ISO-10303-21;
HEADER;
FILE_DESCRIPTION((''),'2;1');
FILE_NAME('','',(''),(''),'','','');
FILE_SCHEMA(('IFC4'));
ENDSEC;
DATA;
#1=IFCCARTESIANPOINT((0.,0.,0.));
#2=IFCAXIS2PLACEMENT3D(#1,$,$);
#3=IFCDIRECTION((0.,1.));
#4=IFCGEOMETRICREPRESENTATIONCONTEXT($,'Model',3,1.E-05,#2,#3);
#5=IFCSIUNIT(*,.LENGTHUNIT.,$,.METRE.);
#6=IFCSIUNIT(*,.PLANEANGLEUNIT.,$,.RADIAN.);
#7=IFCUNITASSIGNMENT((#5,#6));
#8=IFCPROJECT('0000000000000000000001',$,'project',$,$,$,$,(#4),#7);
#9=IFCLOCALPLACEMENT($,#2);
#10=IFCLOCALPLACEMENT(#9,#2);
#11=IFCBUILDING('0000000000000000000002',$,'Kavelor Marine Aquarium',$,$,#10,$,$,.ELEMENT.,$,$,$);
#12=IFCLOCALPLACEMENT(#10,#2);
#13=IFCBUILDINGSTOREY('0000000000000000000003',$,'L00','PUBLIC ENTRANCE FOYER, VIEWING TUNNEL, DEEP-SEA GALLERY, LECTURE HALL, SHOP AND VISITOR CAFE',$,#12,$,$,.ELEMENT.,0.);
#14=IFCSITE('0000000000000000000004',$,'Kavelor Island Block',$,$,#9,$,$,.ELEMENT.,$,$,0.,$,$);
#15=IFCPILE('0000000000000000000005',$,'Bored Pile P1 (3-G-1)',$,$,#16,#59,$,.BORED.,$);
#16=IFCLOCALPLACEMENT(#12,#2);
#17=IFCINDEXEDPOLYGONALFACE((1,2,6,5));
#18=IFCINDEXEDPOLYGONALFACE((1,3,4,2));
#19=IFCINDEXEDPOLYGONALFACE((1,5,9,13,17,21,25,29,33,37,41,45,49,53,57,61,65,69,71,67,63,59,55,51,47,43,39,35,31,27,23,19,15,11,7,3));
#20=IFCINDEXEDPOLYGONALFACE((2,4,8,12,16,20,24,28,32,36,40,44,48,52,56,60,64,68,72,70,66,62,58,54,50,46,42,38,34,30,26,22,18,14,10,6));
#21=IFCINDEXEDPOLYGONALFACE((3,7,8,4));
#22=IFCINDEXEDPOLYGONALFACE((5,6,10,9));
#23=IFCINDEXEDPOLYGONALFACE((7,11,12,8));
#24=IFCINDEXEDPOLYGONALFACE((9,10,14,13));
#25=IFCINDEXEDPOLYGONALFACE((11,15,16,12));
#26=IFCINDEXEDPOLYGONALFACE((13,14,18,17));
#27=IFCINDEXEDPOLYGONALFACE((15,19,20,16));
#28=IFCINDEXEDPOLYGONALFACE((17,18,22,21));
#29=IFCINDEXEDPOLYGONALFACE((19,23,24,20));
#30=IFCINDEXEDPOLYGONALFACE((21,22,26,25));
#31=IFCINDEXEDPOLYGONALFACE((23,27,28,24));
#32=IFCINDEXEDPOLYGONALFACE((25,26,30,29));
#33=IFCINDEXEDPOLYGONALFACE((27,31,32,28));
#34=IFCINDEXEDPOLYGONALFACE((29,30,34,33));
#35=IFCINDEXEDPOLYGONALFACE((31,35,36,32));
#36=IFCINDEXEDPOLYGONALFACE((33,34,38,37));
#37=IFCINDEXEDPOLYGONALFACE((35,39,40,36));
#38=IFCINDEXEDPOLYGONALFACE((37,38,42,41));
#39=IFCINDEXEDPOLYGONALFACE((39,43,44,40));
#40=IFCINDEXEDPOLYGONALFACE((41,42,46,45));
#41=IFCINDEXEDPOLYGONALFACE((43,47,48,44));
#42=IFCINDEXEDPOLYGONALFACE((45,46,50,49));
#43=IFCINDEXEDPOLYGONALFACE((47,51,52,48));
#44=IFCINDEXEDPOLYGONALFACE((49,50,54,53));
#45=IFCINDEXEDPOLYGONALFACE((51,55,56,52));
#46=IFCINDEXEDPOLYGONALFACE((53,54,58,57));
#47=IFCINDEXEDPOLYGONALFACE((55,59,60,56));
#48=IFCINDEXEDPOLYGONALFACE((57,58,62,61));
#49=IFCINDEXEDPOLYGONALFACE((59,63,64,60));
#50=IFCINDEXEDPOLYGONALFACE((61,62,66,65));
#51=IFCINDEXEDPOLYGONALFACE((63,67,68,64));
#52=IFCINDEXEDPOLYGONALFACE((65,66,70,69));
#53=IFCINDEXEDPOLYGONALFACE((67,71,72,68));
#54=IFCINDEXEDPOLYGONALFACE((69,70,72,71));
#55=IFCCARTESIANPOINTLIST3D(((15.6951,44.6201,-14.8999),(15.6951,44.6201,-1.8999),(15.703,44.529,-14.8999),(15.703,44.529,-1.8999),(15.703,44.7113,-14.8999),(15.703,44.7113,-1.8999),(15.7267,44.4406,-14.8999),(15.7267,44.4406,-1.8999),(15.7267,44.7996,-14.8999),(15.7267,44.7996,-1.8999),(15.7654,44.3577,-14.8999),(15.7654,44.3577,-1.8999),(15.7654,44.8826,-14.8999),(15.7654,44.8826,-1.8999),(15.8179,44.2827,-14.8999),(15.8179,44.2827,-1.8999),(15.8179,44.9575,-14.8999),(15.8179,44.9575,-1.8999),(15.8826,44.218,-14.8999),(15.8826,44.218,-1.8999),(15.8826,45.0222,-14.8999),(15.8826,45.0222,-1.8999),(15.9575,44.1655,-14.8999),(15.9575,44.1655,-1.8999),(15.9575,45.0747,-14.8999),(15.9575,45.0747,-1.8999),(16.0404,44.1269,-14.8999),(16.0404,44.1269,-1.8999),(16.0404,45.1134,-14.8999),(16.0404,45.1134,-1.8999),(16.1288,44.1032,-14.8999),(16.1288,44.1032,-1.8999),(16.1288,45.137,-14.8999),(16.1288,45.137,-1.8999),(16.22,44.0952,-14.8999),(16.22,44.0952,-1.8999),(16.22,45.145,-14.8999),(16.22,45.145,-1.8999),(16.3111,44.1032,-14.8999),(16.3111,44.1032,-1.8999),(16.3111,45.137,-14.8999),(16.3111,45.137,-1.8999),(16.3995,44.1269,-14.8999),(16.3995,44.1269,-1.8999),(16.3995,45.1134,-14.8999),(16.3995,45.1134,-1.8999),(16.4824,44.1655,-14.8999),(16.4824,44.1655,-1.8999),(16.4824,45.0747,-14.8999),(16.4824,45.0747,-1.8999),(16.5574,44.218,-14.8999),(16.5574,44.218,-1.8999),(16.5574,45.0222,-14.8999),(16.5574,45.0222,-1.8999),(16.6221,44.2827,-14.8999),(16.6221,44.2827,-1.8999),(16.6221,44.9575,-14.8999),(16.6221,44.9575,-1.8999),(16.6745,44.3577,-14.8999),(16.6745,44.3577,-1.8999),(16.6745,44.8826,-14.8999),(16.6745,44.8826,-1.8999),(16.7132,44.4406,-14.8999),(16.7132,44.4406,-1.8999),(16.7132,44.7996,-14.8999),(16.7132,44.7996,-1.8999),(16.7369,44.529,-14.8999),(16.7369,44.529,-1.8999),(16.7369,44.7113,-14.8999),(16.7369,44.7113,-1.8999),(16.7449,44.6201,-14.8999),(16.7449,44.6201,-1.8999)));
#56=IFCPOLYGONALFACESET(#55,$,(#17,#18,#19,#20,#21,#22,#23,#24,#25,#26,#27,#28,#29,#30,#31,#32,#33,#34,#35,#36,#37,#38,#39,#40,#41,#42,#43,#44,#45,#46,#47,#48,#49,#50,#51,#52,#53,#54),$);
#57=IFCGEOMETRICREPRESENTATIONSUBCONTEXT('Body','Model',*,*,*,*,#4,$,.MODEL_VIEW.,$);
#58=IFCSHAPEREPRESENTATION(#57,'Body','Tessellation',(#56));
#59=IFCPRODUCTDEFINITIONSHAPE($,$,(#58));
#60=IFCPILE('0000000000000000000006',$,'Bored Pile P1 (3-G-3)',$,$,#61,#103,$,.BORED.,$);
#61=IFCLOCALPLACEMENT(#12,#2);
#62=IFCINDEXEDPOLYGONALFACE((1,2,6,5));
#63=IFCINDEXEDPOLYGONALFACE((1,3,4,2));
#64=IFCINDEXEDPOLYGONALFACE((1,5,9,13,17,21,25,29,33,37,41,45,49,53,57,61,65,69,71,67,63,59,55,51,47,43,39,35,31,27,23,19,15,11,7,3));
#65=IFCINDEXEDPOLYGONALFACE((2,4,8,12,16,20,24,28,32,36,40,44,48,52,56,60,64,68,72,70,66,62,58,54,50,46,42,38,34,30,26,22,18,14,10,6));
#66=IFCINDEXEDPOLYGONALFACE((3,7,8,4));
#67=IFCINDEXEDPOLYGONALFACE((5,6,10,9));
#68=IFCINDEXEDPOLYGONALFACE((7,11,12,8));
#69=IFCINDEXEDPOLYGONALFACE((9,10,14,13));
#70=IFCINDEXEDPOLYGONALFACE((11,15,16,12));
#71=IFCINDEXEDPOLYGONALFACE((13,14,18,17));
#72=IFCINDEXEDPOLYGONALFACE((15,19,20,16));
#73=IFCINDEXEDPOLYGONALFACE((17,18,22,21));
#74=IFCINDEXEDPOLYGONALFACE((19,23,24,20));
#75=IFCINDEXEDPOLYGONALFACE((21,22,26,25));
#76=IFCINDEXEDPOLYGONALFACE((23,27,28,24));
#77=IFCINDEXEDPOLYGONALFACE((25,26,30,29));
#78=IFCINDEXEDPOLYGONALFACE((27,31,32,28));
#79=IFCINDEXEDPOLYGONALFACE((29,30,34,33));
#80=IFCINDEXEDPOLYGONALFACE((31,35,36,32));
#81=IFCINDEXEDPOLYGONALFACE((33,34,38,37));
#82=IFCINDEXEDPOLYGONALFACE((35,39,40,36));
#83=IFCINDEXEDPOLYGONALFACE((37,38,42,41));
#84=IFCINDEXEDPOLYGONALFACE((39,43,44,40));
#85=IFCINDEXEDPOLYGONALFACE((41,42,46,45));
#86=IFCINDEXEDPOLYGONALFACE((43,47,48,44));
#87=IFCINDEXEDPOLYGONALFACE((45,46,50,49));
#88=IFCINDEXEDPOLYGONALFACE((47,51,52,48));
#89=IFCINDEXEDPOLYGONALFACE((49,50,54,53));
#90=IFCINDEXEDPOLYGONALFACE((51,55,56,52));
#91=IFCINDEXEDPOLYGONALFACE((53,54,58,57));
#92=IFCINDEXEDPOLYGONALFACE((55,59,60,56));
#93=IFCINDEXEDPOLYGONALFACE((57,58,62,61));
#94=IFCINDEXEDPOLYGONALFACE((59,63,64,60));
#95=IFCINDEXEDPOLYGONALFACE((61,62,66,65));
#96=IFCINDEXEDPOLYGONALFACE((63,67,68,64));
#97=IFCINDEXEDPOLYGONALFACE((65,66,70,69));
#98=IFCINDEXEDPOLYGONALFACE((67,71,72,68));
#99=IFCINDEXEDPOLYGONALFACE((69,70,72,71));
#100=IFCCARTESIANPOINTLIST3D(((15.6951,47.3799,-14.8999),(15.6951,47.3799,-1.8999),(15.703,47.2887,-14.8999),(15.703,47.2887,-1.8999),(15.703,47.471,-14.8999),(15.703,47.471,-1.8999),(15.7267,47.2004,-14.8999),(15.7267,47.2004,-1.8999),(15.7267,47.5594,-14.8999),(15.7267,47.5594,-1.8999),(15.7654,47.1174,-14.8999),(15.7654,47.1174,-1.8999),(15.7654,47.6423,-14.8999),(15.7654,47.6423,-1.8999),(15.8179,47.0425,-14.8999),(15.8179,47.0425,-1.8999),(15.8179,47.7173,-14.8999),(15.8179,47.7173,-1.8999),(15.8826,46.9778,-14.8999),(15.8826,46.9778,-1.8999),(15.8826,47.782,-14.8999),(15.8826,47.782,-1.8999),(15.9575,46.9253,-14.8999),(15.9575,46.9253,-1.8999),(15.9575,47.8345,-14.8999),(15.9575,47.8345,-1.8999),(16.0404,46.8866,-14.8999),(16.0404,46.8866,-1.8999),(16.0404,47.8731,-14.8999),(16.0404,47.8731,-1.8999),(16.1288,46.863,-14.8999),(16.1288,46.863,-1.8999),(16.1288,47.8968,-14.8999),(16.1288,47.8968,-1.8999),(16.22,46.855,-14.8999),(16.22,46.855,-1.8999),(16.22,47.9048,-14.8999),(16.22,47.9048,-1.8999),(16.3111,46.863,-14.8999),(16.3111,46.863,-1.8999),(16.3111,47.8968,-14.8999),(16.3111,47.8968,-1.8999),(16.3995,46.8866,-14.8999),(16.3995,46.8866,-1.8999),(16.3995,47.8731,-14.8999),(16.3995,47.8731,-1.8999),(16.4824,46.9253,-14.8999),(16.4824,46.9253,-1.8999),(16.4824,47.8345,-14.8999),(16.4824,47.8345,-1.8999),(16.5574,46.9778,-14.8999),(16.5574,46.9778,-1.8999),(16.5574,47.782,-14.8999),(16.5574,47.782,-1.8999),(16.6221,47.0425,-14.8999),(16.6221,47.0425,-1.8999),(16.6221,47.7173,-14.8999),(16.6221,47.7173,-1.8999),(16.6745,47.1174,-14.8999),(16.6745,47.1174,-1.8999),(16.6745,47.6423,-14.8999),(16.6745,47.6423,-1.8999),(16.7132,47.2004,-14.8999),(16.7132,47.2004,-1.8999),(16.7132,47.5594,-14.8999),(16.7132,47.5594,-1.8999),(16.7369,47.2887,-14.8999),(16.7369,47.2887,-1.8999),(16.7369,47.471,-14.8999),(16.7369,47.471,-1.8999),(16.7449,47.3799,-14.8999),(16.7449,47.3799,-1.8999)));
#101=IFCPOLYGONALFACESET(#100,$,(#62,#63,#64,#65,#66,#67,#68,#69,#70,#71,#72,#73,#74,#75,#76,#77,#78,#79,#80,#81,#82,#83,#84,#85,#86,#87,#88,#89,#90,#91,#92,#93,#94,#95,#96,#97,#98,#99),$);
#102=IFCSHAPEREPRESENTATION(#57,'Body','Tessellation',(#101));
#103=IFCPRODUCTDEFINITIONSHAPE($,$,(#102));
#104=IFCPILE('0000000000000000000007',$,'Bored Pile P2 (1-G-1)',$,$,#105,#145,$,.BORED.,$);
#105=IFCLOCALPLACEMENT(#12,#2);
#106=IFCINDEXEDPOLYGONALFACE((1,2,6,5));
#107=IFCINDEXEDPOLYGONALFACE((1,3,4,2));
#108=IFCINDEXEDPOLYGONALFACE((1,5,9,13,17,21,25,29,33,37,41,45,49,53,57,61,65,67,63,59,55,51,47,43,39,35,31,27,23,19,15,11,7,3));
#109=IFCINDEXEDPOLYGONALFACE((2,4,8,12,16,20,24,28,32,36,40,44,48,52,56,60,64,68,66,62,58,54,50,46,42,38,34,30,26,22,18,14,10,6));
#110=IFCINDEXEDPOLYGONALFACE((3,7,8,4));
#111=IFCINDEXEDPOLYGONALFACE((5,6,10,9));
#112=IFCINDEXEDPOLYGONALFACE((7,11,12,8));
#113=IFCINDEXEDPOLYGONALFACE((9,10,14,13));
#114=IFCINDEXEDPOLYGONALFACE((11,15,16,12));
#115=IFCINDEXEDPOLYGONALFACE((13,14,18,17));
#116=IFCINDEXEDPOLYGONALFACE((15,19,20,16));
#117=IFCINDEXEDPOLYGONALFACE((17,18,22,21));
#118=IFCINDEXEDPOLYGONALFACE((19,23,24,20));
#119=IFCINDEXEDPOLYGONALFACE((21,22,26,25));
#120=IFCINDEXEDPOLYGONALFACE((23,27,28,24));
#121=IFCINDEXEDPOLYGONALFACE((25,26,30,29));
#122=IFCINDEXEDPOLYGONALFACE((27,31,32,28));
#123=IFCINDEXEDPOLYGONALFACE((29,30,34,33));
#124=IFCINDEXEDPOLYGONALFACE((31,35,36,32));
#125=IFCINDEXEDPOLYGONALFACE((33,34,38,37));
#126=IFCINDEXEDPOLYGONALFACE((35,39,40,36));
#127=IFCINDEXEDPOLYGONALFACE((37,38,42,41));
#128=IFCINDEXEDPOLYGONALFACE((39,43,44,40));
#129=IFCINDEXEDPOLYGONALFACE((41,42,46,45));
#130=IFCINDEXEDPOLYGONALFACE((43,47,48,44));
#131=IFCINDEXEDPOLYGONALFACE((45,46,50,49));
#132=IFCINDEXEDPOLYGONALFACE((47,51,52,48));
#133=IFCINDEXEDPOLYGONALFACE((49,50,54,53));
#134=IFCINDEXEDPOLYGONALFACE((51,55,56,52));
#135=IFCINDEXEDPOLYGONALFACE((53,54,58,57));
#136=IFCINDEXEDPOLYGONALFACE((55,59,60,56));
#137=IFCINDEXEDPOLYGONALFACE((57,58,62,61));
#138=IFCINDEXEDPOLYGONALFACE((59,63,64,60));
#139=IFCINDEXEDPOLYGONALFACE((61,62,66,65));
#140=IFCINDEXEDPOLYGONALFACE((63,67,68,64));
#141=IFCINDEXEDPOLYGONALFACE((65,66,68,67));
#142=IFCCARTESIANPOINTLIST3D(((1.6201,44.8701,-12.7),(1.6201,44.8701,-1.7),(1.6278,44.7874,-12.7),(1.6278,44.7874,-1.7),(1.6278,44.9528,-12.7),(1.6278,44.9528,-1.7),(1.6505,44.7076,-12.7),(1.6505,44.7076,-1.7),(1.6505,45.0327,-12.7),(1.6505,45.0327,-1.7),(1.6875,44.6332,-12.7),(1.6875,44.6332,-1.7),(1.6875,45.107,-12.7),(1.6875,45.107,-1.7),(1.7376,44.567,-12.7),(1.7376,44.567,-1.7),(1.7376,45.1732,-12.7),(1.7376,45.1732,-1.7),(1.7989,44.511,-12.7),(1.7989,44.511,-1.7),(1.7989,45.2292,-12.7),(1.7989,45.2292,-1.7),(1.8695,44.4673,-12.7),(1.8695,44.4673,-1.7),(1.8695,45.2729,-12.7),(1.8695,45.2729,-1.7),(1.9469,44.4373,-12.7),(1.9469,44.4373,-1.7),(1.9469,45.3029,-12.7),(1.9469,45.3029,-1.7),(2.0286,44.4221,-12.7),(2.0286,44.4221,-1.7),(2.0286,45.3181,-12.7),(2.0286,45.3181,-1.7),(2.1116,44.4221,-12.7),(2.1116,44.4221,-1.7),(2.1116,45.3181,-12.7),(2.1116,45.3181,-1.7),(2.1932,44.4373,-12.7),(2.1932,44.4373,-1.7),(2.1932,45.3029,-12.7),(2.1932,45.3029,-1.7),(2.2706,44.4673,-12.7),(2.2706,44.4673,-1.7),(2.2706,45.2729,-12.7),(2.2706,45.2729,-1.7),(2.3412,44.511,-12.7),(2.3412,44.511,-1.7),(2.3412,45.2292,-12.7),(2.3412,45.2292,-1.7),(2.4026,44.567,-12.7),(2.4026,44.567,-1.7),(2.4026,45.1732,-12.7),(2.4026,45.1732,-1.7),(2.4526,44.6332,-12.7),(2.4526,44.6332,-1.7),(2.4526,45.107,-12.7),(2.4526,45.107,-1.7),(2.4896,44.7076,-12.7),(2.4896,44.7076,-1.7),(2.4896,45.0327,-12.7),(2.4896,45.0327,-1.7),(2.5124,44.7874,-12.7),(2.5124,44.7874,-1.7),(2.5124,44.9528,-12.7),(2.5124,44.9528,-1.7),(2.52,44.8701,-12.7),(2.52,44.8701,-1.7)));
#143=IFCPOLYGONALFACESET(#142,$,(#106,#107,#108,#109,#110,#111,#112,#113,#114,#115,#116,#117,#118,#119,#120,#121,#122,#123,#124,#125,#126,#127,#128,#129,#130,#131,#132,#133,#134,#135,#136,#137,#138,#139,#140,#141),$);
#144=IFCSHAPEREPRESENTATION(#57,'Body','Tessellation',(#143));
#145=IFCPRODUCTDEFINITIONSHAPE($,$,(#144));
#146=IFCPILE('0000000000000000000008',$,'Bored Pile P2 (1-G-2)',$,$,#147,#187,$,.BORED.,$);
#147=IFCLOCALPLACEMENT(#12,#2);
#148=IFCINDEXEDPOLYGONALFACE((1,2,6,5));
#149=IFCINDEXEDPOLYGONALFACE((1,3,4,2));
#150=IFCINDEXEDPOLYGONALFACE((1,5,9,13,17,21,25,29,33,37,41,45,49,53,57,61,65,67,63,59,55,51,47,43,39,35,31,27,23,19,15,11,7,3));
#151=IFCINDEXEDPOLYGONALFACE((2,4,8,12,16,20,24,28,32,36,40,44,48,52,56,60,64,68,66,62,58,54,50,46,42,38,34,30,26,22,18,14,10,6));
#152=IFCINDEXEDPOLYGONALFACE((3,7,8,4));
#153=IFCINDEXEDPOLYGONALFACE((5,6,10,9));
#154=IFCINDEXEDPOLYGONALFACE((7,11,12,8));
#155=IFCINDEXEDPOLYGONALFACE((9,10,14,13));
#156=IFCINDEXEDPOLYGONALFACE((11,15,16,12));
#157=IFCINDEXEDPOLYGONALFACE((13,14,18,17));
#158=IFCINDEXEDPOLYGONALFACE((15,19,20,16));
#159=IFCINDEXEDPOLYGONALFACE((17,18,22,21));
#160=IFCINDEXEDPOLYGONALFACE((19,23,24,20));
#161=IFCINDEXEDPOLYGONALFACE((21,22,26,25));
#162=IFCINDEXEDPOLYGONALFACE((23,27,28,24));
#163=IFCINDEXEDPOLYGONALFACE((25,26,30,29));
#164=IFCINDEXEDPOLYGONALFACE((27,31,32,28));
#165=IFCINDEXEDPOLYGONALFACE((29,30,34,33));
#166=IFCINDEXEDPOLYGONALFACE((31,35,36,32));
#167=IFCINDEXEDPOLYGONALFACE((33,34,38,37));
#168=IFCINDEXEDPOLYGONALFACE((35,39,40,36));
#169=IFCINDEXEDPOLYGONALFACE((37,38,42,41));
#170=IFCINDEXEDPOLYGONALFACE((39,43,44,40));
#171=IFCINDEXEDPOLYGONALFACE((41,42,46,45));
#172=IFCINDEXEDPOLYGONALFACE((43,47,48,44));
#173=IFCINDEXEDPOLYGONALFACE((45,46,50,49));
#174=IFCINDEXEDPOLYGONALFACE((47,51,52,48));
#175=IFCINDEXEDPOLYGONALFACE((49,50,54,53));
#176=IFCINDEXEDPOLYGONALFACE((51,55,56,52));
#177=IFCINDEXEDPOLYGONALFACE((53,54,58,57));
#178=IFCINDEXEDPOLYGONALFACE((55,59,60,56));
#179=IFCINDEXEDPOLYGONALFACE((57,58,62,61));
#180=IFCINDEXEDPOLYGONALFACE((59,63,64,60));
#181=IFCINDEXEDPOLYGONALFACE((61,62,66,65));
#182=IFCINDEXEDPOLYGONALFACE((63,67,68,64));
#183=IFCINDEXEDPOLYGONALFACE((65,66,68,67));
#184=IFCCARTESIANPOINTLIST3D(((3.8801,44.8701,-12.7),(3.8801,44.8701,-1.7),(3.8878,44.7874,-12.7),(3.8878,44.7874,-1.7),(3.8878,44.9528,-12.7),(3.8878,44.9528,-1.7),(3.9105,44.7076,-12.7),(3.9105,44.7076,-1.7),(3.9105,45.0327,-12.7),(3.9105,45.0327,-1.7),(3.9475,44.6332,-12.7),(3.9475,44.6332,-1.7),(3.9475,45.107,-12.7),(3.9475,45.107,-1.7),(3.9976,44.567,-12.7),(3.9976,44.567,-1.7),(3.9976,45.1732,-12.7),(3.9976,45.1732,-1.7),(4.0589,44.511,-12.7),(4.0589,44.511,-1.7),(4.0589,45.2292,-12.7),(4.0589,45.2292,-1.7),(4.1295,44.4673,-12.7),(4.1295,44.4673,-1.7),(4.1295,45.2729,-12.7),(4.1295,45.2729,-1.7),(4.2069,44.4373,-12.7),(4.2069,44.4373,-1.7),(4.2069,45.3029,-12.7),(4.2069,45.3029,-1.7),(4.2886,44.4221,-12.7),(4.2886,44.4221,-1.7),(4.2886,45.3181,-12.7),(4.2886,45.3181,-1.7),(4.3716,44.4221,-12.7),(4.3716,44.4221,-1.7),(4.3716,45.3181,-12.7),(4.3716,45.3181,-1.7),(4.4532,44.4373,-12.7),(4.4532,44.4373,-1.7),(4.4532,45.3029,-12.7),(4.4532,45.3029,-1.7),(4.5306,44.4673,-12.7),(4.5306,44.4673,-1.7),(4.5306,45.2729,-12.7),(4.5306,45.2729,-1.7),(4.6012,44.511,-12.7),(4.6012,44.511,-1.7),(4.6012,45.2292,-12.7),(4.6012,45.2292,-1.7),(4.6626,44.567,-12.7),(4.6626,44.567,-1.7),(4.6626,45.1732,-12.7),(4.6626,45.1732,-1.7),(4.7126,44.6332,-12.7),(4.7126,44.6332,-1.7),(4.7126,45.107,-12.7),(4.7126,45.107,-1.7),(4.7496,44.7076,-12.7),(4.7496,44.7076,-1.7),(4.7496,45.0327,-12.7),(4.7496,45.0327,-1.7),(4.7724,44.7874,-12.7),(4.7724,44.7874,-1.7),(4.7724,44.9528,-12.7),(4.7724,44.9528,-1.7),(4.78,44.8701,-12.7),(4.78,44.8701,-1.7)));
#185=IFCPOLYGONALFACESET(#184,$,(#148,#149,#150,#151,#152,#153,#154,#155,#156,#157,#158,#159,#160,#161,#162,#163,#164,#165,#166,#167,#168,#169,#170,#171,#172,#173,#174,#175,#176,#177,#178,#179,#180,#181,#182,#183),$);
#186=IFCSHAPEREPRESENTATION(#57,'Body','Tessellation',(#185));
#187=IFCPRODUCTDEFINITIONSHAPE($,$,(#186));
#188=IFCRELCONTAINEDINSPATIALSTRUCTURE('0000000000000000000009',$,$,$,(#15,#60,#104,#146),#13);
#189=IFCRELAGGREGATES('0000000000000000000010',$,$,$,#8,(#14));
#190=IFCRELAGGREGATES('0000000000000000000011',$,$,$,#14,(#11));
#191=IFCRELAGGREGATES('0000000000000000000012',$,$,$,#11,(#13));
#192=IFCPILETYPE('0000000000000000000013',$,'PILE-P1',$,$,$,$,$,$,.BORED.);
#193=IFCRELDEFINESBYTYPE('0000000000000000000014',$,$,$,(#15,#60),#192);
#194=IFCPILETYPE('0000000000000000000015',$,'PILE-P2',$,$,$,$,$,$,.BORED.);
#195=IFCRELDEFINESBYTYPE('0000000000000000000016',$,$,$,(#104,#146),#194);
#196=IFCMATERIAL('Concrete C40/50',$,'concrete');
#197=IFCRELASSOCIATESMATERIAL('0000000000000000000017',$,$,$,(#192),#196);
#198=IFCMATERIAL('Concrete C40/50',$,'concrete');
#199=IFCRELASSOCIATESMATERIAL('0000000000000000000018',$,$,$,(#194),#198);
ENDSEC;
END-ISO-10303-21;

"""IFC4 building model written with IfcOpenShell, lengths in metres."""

from ifc_helpers import new_model, si_unit, direction, frame, origin, origin_2d, place, context, subcontext, project, spatial, circle, extrude, material, material_profile, profile_set, type_object, element, save


model = new_model("IFC4")

# Units and contexts
model_context = context("Model", 3, precision=1e-05, world=origin(), true_north=direction((0.0, 1.0)))
body_context = subcontext(model_context, "Body", "Model", "MODEL_VIEW")
ifc_project = project(units=[si_unit("LENGTHUNIT", "METRE"), si_unit("PLANEANGLEUNIT", "RADIAN")], contexts=[model_context])

# Site, building, storey
site_placement = place(None, origin())
site = spatial("IfcSite", under=ifc_project, at=site_placement, Name="Kavelor Island Block", CompositionType="ELEMENT", RefElevation=0.0)
building_placement = place(site_placement, origin())
building = spatial("IfcBuilding", under=site, at=building_placement, Name="Kavelor Marine Aquarium", CompositionType="ELEMENT")
storey_placement = place(building_placement, origin())
storey = spatial("IfcBuildingStorey", under=building, at=storey_placement, Name="L00", Description="PUBLIC ENTRANCE FOYER, VIEWING TUNNEL, DEEP-SEA GALLERY, LECTURE HALL, SHOP AND VISITOR CAFE", CompositionType="ELEMENT", Elevation=0.0)

# Piles
ifc_material_1 = material(Name="Concrete C40/50", Category="concrete")
ifc_material_profile_1 = material_profile(ifc_material_1, circle(Radius=0.5249, at=origin_2d()), Name="PILE D1050")
ifc_profile_set_1 = profile_set([ifc_material_profile_1], Name="Concrete C40/50")
pile_type_1 = type_object("IfcPileType", Name="PILE-P1", PredefinedType="BORED", material=ifc_profile_set_1)
for number, where, z_axis, x_axis, name in (
    (1, (16.22, 44.6201, -1.8999), (0.0, 0.0, -1.0), (1.0, 0.0, 0.0), "Bored Pile P1 (3-G-1)"),
    (2, (16.22, 47.3799, -1.8999), (0.0, 0.0, -1.0), (1.0, 0.0, 0.0), "Bored Pile P1 (3-G-3)"),
):
    element("IfcPile", number, at=place(storey_placement, frame(where, z_axis=z_axis, x_axis=x_axis)), inside=storey, type_object=pile_type_1, Name=name, PredefinedType="BORED", context=body_context, shape_type="SweptSolid", body=[
        extrude(circle(Radius=0.5249, at=origin_2d()), origin(), (0.0, 0.0, 1.0), 13.0),
    ])
ifc_material_2 = material(Name="Concrete C40/50", Category="concrete")
ifc_material_profile_2 = material_profile(ifc_material_2, circle(Radius=0.45, at=origin_2d()), Name="PILE D900")
ifc_profile_set_2 = profile_set([ifc_material_profile_2], Name="Concrete C40/50")
pile_type_2 = type_object("IfcPileType", Name="PILE-P2", PredefinedType="BORED", material=ifc_profile_set_2)
for number, where, z_axis, x_axis, name in (
    (3, (2.0701, 44.8701, -1.7), (0.0, 0.0, -1.0), (1.0, 0.0, 0.0), "Bored Pile P2 (1-G-1)"),
    (4, (4.3301, 44.8701, -1.7), (0.0, 0.0, -1.0), (1.0, 0.0, 0.0), "Bored Pile P2 (1-G-2)"),
):
    element("IfcPile", number, at=place(storey_placement, frame(where, z_axis=z_axis, x_axis=x_axis)), inside=storey, type_object=pile_type_2, Name=name, PredefinedType="BORED", context=body_context, shape_type="SweptSolid", body=[
        extrude(circle(Radius=0.45, at=origin_2d()), origin(), (0.0, 0.0, 1.0), 11.0),
    ])

save(model, "model.ifc")
